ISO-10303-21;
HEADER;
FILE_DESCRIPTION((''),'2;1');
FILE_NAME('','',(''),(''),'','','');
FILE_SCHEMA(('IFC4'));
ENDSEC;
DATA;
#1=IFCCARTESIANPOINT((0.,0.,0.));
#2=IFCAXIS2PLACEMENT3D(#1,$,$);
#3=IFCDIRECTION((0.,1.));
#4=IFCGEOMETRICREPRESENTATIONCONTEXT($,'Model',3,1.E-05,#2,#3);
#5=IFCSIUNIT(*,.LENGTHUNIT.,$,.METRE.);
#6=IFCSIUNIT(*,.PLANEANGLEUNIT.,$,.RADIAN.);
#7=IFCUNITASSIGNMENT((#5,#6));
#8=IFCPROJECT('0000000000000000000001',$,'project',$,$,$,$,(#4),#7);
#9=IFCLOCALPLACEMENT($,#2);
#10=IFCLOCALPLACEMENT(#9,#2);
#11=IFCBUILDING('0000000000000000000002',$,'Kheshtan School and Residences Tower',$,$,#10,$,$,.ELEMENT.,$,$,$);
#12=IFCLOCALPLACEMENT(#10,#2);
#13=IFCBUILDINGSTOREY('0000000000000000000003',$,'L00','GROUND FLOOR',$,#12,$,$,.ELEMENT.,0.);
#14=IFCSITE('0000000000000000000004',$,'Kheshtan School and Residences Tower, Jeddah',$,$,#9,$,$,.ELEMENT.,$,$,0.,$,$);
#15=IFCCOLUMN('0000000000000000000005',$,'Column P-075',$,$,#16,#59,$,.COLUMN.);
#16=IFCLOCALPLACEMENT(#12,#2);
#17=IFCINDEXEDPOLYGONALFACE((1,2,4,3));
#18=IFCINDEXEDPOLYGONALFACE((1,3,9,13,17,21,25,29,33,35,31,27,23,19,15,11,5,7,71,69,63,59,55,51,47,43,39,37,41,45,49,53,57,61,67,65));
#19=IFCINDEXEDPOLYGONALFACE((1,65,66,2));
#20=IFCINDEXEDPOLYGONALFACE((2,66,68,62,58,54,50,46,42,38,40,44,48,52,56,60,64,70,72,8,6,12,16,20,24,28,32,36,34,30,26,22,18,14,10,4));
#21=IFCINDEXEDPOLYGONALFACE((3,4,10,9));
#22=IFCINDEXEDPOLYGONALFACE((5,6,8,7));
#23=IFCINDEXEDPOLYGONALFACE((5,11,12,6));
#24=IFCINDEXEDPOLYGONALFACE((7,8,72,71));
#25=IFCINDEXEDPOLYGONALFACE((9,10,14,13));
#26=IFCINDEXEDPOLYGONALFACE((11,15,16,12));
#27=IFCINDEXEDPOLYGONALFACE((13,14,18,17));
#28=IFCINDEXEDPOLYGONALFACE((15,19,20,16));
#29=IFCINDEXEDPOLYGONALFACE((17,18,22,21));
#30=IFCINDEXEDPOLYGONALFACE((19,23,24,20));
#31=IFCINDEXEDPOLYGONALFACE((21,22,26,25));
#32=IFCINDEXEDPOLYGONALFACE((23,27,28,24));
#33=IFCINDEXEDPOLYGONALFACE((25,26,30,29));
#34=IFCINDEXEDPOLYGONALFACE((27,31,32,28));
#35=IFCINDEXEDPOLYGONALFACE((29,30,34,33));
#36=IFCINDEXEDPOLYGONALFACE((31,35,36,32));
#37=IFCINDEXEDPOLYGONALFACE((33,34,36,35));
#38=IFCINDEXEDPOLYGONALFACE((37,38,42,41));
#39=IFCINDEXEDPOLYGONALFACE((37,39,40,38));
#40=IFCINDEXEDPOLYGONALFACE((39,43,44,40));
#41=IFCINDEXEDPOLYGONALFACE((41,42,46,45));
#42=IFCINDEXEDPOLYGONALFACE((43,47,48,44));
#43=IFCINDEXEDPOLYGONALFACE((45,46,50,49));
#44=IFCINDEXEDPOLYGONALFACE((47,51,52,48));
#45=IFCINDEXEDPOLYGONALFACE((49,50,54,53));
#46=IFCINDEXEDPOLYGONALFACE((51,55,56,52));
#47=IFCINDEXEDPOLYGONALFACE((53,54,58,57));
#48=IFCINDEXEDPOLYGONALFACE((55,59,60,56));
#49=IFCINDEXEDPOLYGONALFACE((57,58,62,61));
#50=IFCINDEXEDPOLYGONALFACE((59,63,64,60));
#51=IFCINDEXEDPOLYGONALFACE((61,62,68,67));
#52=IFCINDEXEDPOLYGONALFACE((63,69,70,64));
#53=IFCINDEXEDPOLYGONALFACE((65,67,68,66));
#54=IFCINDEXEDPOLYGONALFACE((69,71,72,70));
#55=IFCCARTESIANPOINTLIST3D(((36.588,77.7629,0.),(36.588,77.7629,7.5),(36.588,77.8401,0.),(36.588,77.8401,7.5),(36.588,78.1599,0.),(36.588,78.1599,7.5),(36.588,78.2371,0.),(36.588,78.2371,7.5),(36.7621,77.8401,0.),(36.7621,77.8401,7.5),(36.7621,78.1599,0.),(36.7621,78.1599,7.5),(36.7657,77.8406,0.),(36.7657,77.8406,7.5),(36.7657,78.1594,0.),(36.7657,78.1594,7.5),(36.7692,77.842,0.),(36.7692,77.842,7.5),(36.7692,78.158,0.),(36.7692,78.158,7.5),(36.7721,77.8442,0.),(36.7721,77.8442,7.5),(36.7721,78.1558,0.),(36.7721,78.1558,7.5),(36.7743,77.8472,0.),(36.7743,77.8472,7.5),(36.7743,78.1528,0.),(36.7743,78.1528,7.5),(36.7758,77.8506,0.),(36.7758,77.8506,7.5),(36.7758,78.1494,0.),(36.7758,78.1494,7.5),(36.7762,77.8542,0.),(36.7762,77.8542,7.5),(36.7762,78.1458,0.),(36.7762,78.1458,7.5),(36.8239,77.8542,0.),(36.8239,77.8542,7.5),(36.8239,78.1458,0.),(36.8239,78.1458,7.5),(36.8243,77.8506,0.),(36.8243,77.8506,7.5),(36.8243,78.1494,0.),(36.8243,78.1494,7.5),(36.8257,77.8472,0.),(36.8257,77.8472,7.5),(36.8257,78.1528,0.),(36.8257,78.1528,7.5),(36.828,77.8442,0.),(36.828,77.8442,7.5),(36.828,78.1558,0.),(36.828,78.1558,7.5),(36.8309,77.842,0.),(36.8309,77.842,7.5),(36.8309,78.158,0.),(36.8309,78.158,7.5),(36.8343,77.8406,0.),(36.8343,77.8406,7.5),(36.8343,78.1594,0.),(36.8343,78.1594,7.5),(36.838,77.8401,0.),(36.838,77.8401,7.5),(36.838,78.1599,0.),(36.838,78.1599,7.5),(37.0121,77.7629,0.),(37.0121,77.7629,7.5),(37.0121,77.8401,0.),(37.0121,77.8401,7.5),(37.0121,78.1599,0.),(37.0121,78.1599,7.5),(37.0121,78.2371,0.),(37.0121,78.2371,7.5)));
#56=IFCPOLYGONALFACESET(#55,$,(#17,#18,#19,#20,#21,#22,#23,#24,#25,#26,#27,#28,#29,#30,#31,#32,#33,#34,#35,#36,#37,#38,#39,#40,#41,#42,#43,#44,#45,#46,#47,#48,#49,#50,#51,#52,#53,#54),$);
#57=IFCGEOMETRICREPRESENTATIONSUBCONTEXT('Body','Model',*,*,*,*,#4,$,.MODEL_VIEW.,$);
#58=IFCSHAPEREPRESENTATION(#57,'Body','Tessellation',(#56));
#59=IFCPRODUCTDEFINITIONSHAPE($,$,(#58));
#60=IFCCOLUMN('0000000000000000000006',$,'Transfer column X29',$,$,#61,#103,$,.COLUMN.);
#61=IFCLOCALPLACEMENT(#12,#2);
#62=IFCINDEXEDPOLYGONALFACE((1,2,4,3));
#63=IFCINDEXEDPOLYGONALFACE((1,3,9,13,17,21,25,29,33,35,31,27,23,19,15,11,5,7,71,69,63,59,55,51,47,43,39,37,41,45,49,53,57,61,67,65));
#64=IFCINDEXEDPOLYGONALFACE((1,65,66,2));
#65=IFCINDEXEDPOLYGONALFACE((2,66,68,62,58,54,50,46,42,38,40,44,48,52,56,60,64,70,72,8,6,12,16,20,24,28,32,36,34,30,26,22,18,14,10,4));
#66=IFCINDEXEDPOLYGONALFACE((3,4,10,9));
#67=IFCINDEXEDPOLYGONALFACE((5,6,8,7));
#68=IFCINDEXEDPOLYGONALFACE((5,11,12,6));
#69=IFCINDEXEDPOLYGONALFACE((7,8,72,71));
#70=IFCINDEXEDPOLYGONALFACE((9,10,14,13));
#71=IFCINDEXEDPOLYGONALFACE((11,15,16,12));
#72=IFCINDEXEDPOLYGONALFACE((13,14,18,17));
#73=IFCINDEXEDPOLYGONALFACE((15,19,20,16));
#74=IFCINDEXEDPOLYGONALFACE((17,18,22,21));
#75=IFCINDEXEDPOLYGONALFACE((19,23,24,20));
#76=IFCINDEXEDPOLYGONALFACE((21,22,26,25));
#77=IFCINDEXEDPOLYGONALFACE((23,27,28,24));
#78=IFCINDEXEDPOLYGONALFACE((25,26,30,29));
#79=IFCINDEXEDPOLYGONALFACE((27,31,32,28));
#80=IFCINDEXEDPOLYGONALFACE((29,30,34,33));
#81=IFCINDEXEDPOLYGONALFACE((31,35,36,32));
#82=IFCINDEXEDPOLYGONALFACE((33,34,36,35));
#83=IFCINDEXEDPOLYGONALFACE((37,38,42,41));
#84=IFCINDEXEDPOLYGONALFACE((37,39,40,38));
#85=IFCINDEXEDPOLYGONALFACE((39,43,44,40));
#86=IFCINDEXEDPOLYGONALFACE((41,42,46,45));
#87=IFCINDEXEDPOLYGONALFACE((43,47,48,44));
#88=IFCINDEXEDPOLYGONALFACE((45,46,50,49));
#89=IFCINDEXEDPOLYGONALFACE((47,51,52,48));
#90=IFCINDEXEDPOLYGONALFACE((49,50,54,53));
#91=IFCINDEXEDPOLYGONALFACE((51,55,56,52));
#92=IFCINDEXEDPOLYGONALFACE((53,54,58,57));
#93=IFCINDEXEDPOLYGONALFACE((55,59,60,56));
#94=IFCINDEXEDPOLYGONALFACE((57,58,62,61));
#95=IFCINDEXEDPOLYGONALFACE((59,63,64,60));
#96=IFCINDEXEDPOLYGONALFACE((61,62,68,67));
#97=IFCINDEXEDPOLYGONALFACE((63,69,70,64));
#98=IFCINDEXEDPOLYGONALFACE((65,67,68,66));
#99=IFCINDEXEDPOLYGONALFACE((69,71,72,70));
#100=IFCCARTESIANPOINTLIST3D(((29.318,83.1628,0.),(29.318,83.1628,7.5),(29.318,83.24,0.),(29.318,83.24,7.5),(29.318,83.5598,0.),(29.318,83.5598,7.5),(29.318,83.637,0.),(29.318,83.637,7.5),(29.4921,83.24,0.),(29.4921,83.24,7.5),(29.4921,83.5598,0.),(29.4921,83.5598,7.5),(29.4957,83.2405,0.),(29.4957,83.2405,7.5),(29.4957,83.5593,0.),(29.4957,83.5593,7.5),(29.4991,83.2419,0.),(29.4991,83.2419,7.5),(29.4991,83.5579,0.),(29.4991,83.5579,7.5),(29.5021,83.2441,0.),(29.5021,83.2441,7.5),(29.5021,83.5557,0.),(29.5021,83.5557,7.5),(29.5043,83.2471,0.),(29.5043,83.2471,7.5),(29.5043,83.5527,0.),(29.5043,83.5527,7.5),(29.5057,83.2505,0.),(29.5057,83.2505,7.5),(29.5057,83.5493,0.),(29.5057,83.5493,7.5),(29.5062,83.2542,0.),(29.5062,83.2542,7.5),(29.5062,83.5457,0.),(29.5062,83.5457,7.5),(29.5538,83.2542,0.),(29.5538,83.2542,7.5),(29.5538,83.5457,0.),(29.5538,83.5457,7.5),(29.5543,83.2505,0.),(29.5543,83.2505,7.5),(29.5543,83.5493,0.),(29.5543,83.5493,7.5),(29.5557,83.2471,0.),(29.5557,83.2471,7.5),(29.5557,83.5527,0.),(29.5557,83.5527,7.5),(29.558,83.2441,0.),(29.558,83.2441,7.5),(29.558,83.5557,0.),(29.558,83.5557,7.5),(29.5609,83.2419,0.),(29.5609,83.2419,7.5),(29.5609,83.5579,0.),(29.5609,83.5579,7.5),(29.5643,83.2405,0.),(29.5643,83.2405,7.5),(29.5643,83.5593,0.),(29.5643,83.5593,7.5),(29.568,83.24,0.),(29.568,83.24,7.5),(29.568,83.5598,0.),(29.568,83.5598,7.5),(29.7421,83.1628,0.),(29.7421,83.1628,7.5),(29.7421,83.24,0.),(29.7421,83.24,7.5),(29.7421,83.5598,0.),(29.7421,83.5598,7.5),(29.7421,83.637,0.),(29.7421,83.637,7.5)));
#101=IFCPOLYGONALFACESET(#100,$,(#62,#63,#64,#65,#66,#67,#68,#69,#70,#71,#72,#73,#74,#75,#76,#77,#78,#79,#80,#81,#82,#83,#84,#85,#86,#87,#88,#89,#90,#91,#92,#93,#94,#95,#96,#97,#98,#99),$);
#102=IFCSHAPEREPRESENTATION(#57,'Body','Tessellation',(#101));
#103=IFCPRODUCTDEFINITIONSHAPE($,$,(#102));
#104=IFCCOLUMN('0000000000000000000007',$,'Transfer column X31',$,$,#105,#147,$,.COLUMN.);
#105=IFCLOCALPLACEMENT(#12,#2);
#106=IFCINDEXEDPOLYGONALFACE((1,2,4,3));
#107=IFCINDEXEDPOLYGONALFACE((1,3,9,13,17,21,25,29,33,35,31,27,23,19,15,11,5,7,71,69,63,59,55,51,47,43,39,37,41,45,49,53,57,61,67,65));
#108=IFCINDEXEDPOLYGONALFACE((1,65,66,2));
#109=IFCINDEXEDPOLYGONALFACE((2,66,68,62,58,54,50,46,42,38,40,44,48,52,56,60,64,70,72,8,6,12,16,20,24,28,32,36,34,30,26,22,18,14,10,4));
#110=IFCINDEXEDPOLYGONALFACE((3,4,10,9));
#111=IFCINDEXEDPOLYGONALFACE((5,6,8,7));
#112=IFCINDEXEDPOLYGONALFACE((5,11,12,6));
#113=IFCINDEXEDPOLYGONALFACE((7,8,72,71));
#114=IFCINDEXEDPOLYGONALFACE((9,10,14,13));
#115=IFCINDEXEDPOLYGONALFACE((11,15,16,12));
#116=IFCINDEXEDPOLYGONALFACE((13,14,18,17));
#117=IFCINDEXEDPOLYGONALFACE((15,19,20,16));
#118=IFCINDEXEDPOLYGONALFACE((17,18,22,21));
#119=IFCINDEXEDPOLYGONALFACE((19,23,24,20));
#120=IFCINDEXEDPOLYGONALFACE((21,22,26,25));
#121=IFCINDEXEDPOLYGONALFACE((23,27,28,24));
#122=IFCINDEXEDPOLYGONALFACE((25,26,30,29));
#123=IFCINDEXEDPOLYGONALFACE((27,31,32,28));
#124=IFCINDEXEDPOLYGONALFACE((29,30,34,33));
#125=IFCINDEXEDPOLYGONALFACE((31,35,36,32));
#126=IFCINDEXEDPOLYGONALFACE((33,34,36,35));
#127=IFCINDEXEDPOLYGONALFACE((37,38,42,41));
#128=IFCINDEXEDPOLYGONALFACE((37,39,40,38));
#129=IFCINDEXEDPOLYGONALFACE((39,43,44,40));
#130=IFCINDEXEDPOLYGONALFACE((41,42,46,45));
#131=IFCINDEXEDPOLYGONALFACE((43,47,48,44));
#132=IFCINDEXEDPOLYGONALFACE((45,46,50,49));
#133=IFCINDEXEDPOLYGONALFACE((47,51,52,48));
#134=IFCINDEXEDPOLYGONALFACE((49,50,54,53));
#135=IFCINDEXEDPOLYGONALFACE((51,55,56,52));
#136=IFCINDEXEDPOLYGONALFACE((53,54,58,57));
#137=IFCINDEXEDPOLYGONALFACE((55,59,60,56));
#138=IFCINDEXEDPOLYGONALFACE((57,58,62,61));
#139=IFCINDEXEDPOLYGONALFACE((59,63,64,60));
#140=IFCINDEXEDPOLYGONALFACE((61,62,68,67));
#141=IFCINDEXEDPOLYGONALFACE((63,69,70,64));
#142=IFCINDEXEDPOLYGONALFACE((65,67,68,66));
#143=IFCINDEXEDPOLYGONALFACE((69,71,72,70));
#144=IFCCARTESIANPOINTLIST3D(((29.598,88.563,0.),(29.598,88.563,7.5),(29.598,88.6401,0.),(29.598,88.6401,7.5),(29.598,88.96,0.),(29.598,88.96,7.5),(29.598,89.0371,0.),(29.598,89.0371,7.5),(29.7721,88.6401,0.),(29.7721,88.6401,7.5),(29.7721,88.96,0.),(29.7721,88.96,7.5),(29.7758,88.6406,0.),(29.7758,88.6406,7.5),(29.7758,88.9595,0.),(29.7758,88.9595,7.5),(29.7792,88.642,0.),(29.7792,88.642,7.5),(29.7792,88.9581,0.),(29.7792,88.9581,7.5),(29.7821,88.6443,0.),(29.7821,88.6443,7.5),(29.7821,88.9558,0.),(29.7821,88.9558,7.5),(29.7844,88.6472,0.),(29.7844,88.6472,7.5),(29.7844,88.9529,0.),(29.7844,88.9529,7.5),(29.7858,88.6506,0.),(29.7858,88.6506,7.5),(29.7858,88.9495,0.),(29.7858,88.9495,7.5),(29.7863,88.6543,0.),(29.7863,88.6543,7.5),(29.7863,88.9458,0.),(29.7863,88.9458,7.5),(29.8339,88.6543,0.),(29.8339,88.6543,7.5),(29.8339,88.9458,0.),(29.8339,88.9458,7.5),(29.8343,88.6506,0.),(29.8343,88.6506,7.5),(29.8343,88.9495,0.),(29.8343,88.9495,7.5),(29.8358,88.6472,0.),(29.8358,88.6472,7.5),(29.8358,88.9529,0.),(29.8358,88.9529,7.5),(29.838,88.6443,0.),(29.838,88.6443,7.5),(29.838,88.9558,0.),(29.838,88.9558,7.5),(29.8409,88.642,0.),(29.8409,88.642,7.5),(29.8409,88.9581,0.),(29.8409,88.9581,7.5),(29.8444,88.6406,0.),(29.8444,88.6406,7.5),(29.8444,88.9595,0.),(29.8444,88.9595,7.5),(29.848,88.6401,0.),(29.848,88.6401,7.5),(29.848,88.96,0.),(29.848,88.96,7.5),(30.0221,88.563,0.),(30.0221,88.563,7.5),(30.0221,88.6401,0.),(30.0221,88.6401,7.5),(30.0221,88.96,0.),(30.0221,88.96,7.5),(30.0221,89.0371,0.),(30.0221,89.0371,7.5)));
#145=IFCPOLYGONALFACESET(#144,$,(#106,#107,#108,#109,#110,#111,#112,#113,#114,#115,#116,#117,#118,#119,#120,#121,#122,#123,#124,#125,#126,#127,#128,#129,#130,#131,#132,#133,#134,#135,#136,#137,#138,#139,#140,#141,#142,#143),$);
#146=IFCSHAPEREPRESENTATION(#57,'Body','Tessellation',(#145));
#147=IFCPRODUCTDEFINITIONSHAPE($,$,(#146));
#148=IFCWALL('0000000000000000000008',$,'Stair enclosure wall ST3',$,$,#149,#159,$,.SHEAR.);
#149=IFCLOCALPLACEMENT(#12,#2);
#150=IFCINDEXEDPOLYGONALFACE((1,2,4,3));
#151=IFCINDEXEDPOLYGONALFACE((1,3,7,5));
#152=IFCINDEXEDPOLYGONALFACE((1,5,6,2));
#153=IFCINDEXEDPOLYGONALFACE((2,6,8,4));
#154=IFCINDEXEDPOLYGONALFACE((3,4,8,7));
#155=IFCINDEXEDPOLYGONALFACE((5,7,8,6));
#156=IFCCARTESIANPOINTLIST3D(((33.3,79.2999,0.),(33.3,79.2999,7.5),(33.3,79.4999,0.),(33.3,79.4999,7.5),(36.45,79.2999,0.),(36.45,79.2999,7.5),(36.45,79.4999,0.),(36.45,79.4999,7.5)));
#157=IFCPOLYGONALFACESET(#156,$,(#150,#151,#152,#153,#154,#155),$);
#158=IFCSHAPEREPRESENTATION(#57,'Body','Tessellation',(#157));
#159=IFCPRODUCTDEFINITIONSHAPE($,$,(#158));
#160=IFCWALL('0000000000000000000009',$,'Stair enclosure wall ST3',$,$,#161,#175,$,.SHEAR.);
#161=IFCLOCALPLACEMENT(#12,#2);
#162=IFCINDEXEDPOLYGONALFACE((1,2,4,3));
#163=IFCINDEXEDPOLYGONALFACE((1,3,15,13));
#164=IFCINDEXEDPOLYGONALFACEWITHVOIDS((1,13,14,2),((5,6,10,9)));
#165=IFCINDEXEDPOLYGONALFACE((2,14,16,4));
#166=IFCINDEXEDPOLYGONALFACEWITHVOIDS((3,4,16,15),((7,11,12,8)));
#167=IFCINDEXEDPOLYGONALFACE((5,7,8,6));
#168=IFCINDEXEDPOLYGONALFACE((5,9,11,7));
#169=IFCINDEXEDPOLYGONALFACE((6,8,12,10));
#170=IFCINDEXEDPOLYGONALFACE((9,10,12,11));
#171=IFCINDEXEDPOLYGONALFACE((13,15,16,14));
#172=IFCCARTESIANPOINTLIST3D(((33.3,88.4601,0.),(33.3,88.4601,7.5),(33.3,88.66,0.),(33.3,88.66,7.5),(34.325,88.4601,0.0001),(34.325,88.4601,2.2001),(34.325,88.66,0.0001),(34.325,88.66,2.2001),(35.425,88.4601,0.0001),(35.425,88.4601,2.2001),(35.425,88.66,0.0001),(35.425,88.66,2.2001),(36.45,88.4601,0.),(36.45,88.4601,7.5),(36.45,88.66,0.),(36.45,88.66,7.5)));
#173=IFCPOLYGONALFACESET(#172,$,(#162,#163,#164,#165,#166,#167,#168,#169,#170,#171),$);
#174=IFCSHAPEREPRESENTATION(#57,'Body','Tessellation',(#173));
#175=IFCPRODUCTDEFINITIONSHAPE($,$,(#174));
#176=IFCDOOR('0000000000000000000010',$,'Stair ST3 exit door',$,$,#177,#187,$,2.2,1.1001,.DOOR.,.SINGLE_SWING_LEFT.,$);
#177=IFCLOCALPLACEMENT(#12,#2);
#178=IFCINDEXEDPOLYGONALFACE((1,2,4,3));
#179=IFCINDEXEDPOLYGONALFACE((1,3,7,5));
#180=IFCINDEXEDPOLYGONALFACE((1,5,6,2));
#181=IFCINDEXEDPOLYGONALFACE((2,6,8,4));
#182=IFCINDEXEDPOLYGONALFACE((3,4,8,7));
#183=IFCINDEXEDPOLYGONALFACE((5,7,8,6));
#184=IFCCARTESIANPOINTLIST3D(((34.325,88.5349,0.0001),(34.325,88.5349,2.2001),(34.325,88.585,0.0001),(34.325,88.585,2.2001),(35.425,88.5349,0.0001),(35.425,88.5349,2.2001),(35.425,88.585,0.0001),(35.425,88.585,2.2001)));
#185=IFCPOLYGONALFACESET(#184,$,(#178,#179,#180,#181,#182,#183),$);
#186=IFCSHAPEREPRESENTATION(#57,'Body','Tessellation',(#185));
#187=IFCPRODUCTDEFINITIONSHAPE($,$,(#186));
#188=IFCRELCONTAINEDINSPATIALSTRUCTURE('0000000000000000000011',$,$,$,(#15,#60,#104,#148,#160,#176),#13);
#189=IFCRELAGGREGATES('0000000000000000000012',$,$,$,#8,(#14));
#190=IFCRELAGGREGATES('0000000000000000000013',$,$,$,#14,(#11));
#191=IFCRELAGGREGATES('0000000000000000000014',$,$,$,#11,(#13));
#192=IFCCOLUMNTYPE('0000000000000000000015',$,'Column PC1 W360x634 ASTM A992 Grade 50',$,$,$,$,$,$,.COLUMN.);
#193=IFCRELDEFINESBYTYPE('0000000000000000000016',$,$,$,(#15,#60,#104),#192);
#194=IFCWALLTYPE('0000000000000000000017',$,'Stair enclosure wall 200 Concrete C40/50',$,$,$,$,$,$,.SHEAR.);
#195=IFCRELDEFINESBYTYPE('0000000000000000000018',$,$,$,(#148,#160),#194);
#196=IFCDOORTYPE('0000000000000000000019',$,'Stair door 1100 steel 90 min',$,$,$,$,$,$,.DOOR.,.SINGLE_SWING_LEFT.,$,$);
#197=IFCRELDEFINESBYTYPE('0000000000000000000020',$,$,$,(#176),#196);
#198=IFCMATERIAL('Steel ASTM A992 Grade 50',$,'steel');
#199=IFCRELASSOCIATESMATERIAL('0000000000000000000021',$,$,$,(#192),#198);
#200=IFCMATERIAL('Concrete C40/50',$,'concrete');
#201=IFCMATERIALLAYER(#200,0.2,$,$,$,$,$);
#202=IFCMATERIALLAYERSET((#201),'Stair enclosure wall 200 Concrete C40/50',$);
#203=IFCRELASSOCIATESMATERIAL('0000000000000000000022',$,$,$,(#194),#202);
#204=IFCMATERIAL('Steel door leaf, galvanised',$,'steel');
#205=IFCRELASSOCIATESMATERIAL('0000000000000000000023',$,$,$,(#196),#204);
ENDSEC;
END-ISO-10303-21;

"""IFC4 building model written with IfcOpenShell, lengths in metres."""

from ifc_helpers import new_model, si_unit, direction, frame, frame_2d, origin, origin_2d, place, context, subcontext, project, spatial, rectangle, i_section, extrude, source, transform, mapped, material, layer, layer_set, material_profile, profile_set, type_object, element, fill, save


model = new_model("IFC4")

# Units and contexts
model_context = context("Model", 3, precision=1e-05, world=origin(), true_north=direction((0.0, 1.0)))
body_context = subcontext(model_context, "Body", "Model", "MODEL_VIEW")
ifc_project = project(units=[si_unit("LENGTHUNIT", "METRE"), si_unit("PLANEANGLEUNIT", "RADIAN")], contexts=[model_context])

# Site, building, storey
site_placement = place(None, origin())
site = spatial("IfcSite", under=ifc_project, at=site_placement, Name="Kheshtan School and Residences Tower, Jeddah", CompositionType="ELEMENT", RefElevation=0.0)
building_placement = place(site_placement, origin())
building = spatial("IfcBuilding", under=site, at=building_placement, Name="Kheshtan School and Residences Tower", CompositionType="ELEMENT")
storey_placement = place(building_placement, origin())
storey = spatial("IfcBuildingStorey", under=building, at=storey_placement, Name="L00", Description="GROUND FLOOR", CompositionType="ELEMENT", Elevation=0.0)

# Columns
ifc_material_1 = material(Name="Steel ASTM A992 Grade 50", Category="steel")
ifc_material_profile = material_profile(ifc_material_1, i_section(OverallWidth=0.4241, OverallDepth=0.4741, WebThickness=0.0476, FlangeThickness=0.0771, FilletRadius=0.0142, at=origin_2d()), Name="W360x634")
ifc_profile_set = profile_set([ifc_material_profile], Name="Steel ASTM A992 Grade 50")
column_type = type_object("IfcColumnType", Name="Column PC1 W360x634 ASTM A992 Grade 50", PredefinedType="COLUMN", material=ifc_profile_set)
for number, where, z_axis, x_axis, name in (
    (1, (36.8, 78.0, 0.0), (0.0, 0.0, 1.0), (1.0, 0.0, 0.0), "Column P-075"),
    (2, (29.53, 83.3999, 0.0), (0.0, 0.0, 1.0), (1.0, 0.0, 0.0), "Transfer column X29"),
    (3, (29.8101, 88.8, 0.0), (0.0, 0.0, 1.0), (1.0, 0.0, 0.0), "Transfer column X31"),
):
    element("IfcColumn", number, at=place(storey_placement, frame(where, z_axis=z_axis, x_axis=x_axis)), inside=storey, type_object=column_type, Name=name, PredefinedType="COLUMN", context=body_context, shape_type="SweptSolid", body=[
        extrude(i_section(OverallWidth=0.4241, OverallDepth=0.4741, WebThickness=0.0476, FlangeThickness=0.0771, FilletRadius=0.0142, at=origin_2d()), origin(), (0.0, 0.0, 1.0), 7.5),
    ])

# Wall
ifc_material_2 = material(Name="Concrete C40/50", Category="concrete")
ifc_layer_1 = layer(ifc_material_2, 0.2)
ifc_layer_set_1 = layer_set([ifc_layer_1], Name="Stair enclosure wall 200 Concrete C40/50")
wall_type = type_object("IfcWallType", Name="Stair enclosure wall 200 Concrete C40/50", PredefinedType="SHEAR", material=ifc_layer_set_1)
wall_1_placement = place(storey_placement, frame((33.3, 79.3999, 0.0), z_axis=(0.0, 0.0, 1.0), x_axis=(1.0, 0.0, 0.0)))
element("IfcWall", 4, at=wall_1_placement, inside=storey, type_object=wall_type, Name="Stair enclosure wall ST3", PredefinedType="SHEAR", context=body_context, shape_type="SweptSolid", body=[
    extrude(rectangle(XDim=3.1499, YDim=0.2, at=frame_2d((1.575, 0.0))), origin(), (0.0, 0.0, 1.0), 7.5),
])

# Wall, opening, door
wall_2_placement = place(storey_placement, frame((33.3, 88.5601, 0.0), z_axis=(0.0, 0.0, 1.0), x_axis=(1.0, 0.0, 0.0)))
wall_2 = element("IfcWall", 5, at=wall_2_placement, inside=storey, type_object=wall_type, Name="Stair enclosure wall ST3", PredefinedType="SHEAR", context=body_context, shape_type="SweptSolid", body=[
    extrude(rectangle(XDim=3.1499, YDim=0.2, at=frame_2d((1.575, 0.0))), origin(), (0.0, 0.0, 1.0), 7.5),
])
opening_placement = place(wall_2_placement, frame((1.0249, 0.0, 0.0)))
opening = element("IfcOpeningElement", 6, at=opening_placement, cuts=wall_2, PredefinedType="OPENING", context=body_context, shape_type="SweptSolid", body=[
    extrude(rectangle(XDim=1.1001, YDim=2.2, at=frame_2d((0.55, 1.1001))), frame((0.0, 0.1099, 0.0), z_axis=(0.0, -1.0, 0.0), x_axis=(1.0, 0.0, 0.0)), (0.0, 0.0, 1.0), 0.22),
])
ifc_material_3 = material(Name="Steel door leaf, galvanised", Category="steel")
door_type = type_object("IfcDoorType", Name="Stair door 1100 steel 90 min", OperationType="SINGLE_SWING_LEFT", PredefinedType="DOOR", material=ifc_material_3)
shared_shape = source(origin(), body_context, "Body", "SweptSolid", [
    extrude(rectangle(XDim=1.1001, YDim=2.2, at=frame_2d((0.55, 1.1001))), frame((0.0, 0.0249, 0.0), z_axis=(0.0, -1.0, 0.0), x_axis=(1.0, 0.0, 0.0)), (0.0, 0.0, 1.0), 0.05),
])
door_placement = place(opening_placement, origin())
door = element("IfcDoor", 7, at=door_placement, inside=storey, type_object=door_type, Name="Stair ST3 exit door", OperationType="SINGLE_SWING_LEFT", OverallHeight=2.2, OverallWidth=1.1001, PredefinedType="DOOR", context=body_context, shape_type="MappedRepresentation", body=[
    mapped(shared_shape, transform((0.0, 0.0, 0.0), x_axis=(1.0, 0.0, 0.0), y_axis=(0.0, 1.0, 0.0), z_axis=(0.0, 0.0, 1.0), scale=1.0)),
])
fill(opening, door)

save(model, "model.ifc")
